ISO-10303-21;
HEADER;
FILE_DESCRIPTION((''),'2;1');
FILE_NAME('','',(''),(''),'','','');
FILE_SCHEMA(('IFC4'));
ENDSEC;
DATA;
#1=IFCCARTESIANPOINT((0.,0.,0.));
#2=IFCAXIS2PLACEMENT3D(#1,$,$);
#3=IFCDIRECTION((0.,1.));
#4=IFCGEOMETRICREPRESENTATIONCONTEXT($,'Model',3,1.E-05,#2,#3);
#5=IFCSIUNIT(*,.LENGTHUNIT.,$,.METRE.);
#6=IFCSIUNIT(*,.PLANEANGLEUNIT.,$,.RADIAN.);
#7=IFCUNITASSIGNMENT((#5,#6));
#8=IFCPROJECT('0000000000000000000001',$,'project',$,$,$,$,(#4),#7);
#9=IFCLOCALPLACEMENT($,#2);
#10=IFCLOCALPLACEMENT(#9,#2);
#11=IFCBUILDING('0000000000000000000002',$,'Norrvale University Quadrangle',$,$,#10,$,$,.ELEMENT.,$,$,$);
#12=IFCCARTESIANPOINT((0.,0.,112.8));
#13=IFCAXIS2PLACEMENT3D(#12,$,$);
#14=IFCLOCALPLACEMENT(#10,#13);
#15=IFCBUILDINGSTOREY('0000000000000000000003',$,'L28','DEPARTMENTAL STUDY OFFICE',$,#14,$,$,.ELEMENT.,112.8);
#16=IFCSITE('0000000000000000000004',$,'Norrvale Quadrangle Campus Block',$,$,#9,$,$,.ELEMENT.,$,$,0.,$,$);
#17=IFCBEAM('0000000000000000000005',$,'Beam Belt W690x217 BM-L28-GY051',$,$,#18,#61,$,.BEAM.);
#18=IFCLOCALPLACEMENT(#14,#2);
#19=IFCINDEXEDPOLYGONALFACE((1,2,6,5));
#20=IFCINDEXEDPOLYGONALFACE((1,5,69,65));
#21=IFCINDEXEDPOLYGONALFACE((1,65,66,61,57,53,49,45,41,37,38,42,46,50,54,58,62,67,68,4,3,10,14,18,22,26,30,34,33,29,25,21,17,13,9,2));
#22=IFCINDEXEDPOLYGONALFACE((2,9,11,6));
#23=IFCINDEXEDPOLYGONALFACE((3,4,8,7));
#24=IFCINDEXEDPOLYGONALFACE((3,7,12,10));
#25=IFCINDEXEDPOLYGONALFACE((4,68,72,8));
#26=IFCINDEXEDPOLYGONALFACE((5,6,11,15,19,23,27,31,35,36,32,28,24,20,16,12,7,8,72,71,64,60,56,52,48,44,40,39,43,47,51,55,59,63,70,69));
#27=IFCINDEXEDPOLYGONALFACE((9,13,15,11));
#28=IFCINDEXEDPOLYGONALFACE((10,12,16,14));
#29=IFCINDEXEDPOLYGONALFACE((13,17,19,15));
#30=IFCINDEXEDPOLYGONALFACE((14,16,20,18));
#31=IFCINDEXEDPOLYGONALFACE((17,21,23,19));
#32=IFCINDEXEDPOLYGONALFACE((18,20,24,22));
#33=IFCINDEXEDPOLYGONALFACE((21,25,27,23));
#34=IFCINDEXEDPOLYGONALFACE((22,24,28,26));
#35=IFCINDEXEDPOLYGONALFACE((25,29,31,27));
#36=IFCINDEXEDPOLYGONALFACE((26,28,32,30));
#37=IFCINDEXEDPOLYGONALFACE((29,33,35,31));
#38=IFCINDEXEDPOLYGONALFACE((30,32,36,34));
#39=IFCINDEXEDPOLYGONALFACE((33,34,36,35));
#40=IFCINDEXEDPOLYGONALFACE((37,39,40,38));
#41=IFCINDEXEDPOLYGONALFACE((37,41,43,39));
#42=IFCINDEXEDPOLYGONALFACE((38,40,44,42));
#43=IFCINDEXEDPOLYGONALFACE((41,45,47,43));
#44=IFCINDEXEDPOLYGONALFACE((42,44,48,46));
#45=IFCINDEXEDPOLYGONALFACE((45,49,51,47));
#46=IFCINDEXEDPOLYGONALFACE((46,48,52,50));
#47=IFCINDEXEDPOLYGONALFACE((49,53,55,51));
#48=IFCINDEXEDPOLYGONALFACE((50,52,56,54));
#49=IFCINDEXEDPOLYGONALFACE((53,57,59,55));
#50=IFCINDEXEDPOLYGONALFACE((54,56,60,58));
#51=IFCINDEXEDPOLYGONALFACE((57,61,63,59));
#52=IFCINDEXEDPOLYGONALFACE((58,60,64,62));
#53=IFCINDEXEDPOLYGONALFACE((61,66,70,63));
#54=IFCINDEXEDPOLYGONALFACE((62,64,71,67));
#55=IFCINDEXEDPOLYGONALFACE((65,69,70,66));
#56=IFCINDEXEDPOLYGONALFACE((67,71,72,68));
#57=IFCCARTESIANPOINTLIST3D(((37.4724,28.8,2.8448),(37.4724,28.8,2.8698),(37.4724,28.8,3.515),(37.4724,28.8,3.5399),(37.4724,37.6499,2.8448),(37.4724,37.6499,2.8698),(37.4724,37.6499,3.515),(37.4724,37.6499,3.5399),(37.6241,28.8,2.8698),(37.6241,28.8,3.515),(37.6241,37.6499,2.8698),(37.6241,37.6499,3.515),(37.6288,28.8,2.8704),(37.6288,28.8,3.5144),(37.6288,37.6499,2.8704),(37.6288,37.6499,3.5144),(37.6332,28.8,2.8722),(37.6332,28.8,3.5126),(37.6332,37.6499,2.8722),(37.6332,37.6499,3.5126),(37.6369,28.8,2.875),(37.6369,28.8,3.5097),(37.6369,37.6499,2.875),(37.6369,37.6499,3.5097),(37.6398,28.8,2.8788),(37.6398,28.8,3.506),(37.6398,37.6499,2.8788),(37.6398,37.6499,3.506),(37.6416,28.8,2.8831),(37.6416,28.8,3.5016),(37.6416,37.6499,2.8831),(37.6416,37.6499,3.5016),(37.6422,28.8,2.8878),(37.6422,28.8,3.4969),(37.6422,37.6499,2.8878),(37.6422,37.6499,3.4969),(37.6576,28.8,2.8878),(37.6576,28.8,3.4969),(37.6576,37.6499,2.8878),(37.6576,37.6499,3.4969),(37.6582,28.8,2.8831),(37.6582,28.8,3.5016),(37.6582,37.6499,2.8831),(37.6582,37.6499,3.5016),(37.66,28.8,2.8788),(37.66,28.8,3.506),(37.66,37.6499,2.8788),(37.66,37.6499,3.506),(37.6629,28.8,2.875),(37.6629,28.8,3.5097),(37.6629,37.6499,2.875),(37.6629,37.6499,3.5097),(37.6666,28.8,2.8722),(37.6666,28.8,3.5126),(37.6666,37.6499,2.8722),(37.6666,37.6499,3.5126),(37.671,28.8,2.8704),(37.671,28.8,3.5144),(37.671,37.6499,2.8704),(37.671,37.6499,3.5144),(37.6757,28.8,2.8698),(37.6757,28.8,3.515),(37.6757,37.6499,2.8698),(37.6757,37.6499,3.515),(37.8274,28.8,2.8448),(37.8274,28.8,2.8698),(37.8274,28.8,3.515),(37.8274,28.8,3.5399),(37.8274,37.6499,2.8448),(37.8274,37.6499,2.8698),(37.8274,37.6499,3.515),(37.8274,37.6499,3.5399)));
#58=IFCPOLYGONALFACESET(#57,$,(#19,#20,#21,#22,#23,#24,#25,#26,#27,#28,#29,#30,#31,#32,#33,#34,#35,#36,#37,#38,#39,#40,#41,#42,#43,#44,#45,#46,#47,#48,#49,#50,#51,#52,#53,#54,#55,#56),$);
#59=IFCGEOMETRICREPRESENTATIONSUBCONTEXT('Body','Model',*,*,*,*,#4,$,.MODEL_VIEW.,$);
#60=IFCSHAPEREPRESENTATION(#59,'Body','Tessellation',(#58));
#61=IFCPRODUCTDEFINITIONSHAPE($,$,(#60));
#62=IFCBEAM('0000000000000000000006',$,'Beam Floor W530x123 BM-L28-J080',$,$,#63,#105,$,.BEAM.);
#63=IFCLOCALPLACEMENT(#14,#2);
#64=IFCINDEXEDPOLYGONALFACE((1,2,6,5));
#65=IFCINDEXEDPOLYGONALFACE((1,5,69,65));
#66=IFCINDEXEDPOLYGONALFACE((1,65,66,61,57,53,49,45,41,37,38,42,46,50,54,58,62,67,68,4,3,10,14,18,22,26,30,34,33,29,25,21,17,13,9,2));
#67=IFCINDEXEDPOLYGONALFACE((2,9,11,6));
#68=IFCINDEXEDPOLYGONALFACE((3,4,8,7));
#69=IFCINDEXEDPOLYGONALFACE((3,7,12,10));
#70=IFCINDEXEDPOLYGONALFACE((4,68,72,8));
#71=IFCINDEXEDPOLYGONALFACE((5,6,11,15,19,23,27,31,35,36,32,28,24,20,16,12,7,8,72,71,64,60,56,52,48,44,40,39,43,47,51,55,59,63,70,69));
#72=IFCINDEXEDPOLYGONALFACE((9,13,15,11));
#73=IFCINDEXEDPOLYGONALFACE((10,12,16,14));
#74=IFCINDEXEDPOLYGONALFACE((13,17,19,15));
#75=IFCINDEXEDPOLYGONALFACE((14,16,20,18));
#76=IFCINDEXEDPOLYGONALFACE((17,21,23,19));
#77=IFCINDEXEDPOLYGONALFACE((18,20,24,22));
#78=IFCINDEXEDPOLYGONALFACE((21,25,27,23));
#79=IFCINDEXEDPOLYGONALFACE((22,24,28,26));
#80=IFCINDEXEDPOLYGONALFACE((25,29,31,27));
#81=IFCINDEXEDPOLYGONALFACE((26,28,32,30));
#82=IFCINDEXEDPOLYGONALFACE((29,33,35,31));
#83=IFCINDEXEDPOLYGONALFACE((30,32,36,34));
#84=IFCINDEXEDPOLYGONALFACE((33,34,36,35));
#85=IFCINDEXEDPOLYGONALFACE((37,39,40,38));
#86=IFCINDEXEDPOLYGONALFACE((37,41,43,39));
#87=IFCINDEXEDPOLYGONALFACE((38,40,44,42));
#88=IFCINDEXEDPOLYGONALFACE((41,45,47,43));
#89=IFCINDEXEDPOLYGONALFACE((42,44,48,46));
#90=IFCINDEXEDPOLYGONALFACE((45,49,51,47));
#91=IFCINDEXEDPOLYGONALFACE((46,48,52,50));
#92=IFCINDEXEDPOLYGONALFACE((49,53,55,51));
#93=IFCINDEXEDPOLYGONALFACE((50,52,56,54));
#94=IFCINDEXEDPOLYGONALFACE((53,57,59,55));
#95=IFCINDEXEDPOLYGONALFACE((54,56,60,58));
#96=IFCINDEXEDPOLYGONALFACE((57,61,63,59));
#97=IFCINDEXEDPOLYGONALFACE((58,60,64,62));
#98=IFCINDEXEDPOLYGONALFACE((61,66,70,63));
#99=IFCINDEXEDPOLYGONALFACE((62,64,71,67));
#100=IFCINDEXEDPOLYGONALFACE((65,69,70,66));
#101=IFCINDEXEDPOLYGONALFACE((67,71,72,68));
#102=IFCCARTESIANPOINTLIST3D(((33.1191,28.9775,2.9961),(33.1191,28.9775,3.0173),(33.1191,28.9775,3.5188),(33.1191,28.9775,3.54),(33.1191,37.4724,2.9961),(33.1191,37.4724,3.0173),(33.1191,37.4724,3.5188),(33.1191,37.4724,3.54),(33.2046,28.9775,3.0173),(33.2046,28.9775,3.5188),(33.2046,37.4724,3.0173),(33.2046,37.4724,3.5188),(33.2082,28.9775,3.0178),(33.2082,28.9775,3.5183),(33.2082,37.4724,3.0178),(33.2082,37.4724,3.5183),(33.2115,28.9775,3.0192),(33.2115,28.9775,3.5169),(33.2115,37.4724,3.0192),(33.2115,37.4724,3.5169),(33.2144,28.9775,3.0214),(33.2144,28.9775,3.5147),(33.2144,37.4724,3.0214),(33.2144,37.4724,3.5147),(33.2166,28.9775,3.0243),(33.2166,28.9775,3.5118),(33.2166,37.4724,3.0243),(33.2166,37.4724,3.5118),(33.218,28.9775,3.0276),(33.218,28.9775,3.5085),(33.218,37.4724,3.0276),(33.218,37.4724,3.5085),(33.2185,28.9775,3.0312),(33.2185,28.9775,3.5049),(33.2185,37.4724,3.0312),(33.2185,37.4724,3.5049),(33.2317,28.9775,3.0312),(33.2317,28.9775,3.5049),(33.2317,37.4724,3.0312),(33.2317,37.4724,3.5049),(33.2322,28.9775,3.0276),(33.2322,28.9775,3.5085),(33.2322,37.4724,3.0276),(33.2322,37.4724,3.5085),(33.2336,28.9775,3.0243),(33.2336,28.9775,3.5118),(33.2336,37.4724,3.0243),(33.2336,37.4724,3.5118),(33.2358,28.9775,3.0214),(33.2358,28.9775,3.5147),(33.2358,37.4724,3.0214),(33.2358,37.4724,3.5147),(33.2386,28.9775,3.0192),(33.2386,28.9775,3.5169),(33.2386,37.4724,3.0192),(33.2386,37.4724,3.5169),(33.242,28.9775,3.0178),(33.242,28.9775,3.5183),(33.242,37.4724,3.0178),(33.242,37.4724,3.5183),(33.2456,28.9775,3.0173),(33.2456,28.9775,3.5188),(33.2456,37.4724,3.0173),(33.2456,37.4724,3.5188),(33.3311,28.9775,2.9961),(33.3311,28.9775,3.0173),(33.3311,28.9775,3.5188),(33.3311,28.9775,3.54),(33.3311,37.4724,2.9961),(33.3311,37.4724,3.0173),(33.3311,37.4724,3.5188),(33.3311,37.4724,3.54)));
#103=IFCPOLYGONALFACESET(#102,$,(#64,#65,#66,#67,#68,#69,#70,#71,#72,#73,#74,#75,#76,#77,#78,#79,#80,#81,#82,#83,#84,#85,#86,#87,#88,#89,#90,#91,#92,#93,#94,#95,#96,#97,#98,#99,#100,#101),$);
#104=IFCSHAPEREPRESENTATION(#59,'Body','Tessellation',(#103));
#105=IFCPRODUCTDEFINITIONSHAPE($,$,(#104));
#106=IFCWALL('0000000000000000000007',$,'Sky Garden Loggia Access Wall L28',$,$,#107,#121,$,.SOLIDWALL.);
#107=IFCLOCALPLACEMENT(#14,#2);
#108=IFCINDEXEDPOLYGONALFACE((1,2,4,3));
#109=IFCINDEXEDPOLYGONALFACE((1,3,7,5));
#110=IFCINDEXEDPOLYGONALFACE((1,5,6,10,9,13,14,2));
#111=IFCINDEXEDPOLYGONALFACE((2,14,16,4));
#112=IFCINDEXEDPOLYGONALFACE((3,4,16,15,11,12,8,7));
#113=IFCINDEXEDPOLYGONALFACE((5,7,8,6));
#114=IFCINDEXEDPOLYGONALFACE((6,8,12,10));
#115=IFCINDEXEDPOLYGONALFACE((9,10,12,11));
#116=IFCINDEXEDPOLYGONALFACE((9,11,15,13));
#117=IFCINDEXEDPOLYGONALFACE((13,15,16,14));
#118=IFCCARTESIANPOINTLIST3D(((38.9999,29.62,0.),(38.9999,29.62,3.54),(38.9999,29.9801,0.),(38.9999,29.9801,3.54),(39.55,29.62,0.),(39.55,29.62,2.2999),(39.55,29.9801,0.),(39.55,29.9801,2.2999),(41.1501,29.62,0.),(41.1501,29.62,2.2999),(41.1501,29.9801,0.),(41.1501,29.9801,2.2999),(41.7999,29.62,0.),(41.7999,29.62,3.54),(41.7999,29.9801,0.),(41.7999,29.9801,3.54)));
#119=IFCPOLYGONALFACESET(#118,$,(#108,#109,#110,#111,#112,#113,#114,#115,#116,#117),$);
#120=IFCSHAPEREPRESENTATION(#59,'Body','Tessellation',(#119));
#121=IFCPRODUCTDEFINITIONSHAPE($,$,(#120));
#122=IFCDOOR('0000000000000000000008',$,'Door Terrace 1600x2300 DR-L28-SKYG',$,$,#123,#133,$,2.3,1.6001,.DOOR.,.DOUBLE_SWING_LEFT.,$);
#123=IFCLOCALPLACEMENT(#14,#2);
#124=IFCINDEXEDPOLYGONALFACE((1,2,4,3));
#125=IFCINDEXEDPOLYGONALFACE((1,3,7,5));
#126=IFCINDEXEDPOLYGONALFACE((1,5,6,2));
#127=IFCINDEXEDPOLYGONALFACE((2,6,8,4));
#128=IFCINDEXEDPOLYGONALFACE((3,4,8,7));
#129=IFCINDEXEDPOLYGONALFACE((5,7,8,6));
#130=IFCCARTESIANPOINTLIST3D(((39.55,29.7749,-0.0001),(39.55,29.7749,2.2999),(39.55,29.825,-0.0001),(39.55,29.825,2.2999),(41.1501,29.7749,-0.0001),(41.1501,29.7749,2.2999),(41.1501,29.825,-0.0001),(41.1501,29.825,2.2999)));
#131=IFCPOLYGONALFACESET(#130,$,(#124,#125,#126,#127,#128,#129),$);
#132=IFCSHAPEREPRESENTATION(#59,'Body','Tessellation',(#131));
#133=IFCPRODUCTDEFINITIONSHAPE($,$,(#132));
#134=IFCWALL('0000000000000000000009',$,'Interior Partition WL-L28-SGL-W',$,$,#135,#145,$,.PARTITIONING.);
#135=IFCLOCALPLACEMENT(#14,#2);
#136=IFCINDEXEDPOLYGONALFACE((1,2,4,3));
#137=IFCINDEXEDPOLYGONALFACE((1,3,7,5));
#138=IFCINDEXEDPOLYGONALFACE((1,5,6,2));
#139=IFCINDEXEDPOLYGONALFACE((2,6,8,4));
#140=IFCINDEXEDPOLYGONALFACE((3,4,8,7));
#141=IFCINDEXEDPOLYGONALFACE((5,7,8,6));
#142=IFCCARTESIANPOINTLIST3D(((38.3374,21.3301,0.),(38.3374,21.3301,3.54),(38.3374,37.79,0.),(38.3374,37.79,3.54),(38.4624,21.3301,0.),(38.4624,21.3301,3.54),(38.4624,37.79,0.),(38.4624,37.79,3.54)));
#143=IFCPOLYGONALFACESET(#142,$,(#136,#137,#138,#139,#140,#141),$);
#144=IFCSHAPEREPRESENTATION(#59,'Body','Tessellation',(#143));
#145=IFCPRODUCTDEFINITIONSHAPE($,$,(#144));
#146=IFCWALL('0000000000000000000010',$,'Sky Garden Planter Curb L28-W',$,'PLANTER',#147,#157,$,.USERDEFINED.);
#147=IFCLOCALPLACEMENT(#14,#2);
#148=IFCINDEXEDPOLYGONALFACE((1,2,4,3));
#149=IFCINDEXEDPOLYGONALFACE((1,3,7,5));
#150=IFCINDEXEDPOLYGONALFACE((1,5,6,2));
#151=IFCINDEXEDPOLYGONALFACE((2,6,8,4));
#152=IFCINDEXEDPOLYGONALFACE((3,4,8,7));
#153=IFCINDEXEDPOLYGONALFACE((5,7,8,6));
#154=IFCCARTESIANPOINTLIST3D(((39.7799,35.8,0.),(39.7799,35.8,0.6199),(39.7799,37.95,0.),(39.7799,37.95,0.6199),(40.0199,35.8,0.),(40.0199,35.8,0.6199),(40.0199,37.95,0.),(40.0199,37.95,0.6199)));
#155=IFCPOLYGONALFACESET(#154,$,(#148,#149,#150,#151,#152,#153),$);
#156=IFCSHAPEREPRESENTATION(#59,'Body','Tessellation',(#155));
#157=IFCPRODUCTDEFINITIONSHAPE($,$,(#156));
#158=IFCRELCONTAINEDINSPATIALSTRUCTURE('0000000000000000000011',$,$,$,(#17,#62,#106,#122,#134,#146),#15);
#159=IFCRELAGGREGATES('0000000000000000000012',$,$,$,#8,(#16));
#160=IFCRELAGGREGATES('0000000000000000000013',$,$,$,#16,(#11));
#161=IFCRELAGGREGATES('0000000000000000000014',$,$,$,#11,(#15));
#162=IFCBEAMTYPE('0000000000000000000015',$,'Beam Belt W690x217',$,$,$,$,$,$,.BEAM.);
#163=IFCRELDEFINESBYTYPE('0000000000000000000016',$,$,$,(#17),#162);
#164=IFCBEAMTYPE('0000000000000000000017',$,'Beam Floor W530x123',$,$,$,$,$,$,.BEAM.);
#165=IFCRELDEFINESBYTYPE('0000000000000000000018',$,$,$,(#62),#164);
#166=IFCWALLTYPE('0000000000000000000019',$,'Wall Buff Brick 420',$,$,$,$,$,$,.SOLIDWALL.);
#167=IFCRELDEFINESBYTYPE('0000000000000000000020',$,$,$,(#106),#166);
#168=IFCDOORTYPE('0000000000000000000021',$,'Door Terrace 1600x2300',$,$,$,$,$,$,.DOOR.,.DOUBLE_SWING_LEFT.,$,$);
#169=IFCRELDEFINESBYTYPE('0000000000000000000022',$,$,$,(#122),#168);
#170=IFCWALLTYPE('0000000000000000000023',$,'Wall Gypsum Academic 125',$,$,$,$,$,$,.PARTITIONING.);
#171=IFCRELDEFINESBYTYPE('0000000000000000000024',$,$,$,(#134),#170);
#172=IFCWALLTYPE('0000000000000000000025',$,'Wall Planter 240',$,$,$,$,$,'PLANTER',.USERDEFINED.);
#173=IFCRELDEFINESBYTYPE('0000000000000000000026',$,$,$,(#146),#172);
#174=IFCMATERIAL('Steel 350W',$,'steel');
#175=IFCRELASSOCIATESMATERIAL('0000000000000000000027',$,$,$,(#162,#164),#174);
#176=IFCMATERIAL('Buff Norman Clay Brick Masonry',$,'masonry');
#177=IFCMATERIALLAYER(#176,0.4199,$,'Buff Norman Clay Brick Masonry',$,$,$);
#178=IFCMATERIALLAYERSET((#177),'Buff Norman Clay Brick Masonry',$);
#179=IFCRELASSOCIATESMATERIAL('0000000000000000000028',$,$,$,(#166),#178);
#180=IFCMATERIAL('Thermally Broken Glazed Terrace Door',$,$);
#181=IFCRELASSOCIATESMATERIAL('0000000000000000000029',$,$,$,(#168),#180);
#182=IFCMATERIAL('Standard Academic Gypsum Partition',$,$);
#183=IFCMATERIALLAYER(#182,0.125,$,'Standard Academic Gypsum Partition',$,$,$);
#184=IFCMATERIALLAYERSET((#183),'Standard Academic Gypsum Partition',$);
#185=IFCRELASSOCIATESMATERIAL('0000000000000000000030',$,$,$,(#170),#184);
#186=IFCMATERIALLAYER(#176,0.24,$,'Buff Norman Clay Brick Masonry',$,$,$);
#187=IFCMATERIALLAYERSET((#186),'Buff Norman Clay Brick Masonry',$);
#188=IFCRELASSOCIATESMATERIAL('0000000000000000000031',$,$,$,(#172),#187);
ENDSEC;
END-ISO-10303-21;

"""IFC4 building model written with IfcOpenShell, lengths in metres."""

from ifc_helpers import new_model, si_unit, direction, frame, frame_2d, origin, origin_2d, place, context, subcontext, project, spatial, rectangle, i_section, extrude, material, layer, layer_set, material_profile, profile_set, type_object, element, fill, save


model = new_model("IFC4")

# Units and contexts
model_context = context("Model", 3, precision=1e-05, world=origin(), true_north=direction((0.0, 1.0)))
body_context = subcontext(model_context, "Body", "Model", "MODEL_VIEW")
ifc_project = project(units=[si_unit("LENGTHUNIT", "METRE"), si_unit("PLANEANGLEUNIT", "RADIAN")], contexts=[model_context])

# Site, building, storey
site_placement = place(None, origin())
site = spatial("IfcSite", under=ifc_project, at=site_placement, Name="Norrvale Quadrangle Campus Block", CompositionType="ELEMENT", RefElevation=0.0)
building_placement = place(site_placement, origin())
building = spatial("IfcBuilding", under=site, at=building_placement, Name="Norrvale University Quadrangle", CompositionType="ELEMENT")
storey_placement = place(building_placement, frame((0.0, 0.0, 112.8)))
storey = spatial("IfcBuildingStorey", under=building, at=storey_placement, Name="L28", Description="DEPARTMENTAL STUDY OFFICE", CompositionType="ELEMENT", Elevation=112.8)

# Beams
ifc_material_1 = material(Name="Steel 350W", Category="steel")
ifc_material_profile_1 = material_profile(ifc_material_1, i_section(OverallWidth=0.355, OverallDepth=0.6951, WebThickness=0.0154, FlangeThickness=0.0249, FilletRadius=0.0181, at=origin_2d()), Name="Steel 350W")
ifc_profile_set_1 = profile_set([ifc_material_profile_1], Name="Steel 350W")
beam_type_1 = type_object("IfcBeamType", Name="Beam Belt W690x217", PredefinedType="BEAM", material=ifc_profile_set_1)
beam_1_placement = place(storey_placement, frame((37.6499, 28.8, 3.1924), z_axis=(0.0, 1.0, 0.0), x_axis=(-1.0, 0.0, 0.0)))
element("IfcBeam", 1, at=beam_1_placement, inside=storey, type_object=beam_type_1, Name="Beam Belt W690x217 BM-L28-GY051", PredefinedType="BEAM", context=body_context, shape_type="SweptSolid", body=[
    extrude(i_section(OverallWidth=0.355, OverallDepth=0.6951, WebThickness=0.0154, FlangeThickness=0.0249, FilletRadius=0.0181, at=origin_2d()), origin(), (0.0, 0.0, 1.0), 8.8499),
])
ifc_material_profile_2 = material_profile(ifc_material_1, i_section(OverallWidth=0.2119, OverallDepth=0.5439, WebThickness=0.0132, FlangeThickness=0.0212, FilletRadius=0.0139, at=origin_2d()), Name="Steel 350W")
ifc_profile_set_2 = profile_set([ifc_material_profile_2], Name="Steel 350W")
beam_type_2 = type_object("IfcBeamType", Name="Beam Floor W530x123", PredefinedType="BEAM", material=ifc_profile_set_2)
beam_2_placement = place(storey_placement, frame((33.2251, 28.9775, 3.2681), z_axis=(0.0, 1.0, 0.0), x_axis=(-1.0, 0.0, 0.0)))
element("IfcBeam", 2, at=beam_2_placement, inside=storey, type_object=beam_type_2, Name="Beam Floor W530x123 BM-L28-J080", PredefinedType="BEAM", context=body_context, shape_type="SweptSolid", body=[
    extrude(i_section(OverallWidth=0.2119, OverallDepth=0.5439, WebThickness=0.0132, FlangeThickness=0.0212, FilletRadius=0.0139, at=origin_2d()), origin(), (0.0, 0.0, 1.0), 8.4949),
])

# Wall, opening, door
ifc_material_2 = material(Name="Buff Norman Clay Brick Masonry", Category="masonry")
ifc_layer_1 = layer(ifc_material_2, 0.4199, Name="Buff Norman Clay Brick Masonry")
ifc_layer_set_1 = layer_set([ifc_layer_1], Name="Buff Norman Clay Brick Masonry")
wall_type_1 = type_object("IfcWallType", Name="Wall Buff Brick 420", PredefinedType="SOLIDWALL", material=ifc_layer_set_1)
wall_1_placement = place(storey_placement, frame((39.0, 29.8, 0.0), z_axis=(0.0, 0.0, 1.0), x_axis=(1.0, 0.0, 0.0)))
wall_1 = element("IfcWall", 3, at=wall_1_placement, inside=storey, type_object=wall_type_1, Name="Sky Garden Loggia Access Wall L28", PredefinedType="SOLIDWALL", context=body_context, shape_type="SweptSolid", body=[
    extrude(rectangle(XDim=2.8, YDim=0.3601, at=frame_2d((1.3999, 0.0))), origin(), (0.0, 0.0, 1.0), 3.54),
])
opening_placement = place(wall_1_placement, frame((0.55, 0.0, 0.0)))
opening = element("IfcOpeningElement", 4, at=opening_placement, cuts=wall_1, PredefinedType="OPENING", context=body_context, shape_type="SweptSolid", body=[
    extrude(rectangle(XDim=1.6001, YDim=2.3, at=frame_2d((0.8, 1.1499))), frame((0.0, 0.1921, 0.0), z_axis=(0.0, -1.0, 0.0), x_axis=(1.0, 0.0, 0.0)), (0.0, 0.0, 1.0), 0.384),
])
ifc_material_3 = material(Name="Thermally Broken Glazed Terrace Door")
door_type = type_object("IfcDoorType", Name="Door Terrace 1600x2300", OperationType="DOUBLE_SWING_LEFT", PredefinedType="DOOR", material=ifc_material_3)
door_placement = place(opening_placement, origin())
door = element("IfcDoor", 5, at=door_placement, inside=storey, type_object=door_type, Name="Door Terrace 1600x2300 DR-L28-SKYG", OperationType="DOUBLE_SWING_LEFT", OverallHeight=2.3, OverallWidth=1.6001, PredefinedType="DOOR", context=body_context, shape_type="SweptSolid", body=[
    extrude(rectangle(XDim=1.6001, YDim=2.3, at=frame_2d((0.8, 1.1499))), frame((0.0, 0.0249, 0.0), z_axis=(0.0, -1.0, 0.0), x_axis=(1.0, 0.0, 0.0)), (0.0, 0.0, 1.0), 0.05),
])
fill(opening, door)

# Walls
ifc_material_4 = material(Name="Standard Academic Gypsum Partition")
ifc_layer_2 = layer(ifc_material_4, 0.125, Name="Standard Academic Gypsum Partition")
ifc_layer_set_2 = layer_set([ifc_layer_2], Name="Standard Academic Gypsum Partition")
wall_type_2 = type_object("IfcWallType", Name="Wall Gypsum Academic 125", PredefinedType="PARTITIONING", material=ifc_layer_set_2)
wall_2_placement = place(storey_placement, frame((38.3999, 21.3301, 0.0), z_axis=(0.0, 0.0, 1.0), x_axis=(0.0, 1.0, 0.0)))
element("IfcWall", 6, at=wall_2_placement, inside=storey, type_object=wall_type_2, Name="Interior Partition WL-L28-SGL-W", PredefinedType="PARTITIONING", context=body_context, shape_type="SweptSolid", body=[
    extrude(rectangle(XDim=16.46, YDim=0.125, at=frame_2d((8.23, 0.0))), origin(), (0.0, 0.0, 1.0), 3.54),
])
ifc_layer_3 = layer(ifc_material_2, 0.24, Name="Buff Norman Clay Brick Masonry")
ifc_layer_set_3 = layer_set([ifc_layer_3], Name="Buff Norman Clay Brick Masonry")
wall_type_3 = type_object("IfcWallType", Name="Wall Planter 240", ElementType="PLANTER", PredefinedType="USERDEFINED", material=ifc_layer_set_3)
wall_3_placement = place(storey_placement, frame((39.8999, 35.8, 0.0), z_axis=(0.0, 0.0, 1.0), x_axis=(0.0, 1.0, 0.0)))
element("IfcWall", 7, at=wall_3_placement, inside=storey, type_object=wall_type_3, Name="Sky Garden Planter Curb L28-W", ObjectType="PLANTER", PredefinedType="USERDEFINED", context=body_context, shape_type="SweptSolid", body=[
    extrude(rectangle(XDim=2.1499, YDim=0.24, at=frame_2d((1.075, 0.0))), origin(), (0.0, 0.0, 1.0), 0.6199),
])

save(model, "model.ifc")
